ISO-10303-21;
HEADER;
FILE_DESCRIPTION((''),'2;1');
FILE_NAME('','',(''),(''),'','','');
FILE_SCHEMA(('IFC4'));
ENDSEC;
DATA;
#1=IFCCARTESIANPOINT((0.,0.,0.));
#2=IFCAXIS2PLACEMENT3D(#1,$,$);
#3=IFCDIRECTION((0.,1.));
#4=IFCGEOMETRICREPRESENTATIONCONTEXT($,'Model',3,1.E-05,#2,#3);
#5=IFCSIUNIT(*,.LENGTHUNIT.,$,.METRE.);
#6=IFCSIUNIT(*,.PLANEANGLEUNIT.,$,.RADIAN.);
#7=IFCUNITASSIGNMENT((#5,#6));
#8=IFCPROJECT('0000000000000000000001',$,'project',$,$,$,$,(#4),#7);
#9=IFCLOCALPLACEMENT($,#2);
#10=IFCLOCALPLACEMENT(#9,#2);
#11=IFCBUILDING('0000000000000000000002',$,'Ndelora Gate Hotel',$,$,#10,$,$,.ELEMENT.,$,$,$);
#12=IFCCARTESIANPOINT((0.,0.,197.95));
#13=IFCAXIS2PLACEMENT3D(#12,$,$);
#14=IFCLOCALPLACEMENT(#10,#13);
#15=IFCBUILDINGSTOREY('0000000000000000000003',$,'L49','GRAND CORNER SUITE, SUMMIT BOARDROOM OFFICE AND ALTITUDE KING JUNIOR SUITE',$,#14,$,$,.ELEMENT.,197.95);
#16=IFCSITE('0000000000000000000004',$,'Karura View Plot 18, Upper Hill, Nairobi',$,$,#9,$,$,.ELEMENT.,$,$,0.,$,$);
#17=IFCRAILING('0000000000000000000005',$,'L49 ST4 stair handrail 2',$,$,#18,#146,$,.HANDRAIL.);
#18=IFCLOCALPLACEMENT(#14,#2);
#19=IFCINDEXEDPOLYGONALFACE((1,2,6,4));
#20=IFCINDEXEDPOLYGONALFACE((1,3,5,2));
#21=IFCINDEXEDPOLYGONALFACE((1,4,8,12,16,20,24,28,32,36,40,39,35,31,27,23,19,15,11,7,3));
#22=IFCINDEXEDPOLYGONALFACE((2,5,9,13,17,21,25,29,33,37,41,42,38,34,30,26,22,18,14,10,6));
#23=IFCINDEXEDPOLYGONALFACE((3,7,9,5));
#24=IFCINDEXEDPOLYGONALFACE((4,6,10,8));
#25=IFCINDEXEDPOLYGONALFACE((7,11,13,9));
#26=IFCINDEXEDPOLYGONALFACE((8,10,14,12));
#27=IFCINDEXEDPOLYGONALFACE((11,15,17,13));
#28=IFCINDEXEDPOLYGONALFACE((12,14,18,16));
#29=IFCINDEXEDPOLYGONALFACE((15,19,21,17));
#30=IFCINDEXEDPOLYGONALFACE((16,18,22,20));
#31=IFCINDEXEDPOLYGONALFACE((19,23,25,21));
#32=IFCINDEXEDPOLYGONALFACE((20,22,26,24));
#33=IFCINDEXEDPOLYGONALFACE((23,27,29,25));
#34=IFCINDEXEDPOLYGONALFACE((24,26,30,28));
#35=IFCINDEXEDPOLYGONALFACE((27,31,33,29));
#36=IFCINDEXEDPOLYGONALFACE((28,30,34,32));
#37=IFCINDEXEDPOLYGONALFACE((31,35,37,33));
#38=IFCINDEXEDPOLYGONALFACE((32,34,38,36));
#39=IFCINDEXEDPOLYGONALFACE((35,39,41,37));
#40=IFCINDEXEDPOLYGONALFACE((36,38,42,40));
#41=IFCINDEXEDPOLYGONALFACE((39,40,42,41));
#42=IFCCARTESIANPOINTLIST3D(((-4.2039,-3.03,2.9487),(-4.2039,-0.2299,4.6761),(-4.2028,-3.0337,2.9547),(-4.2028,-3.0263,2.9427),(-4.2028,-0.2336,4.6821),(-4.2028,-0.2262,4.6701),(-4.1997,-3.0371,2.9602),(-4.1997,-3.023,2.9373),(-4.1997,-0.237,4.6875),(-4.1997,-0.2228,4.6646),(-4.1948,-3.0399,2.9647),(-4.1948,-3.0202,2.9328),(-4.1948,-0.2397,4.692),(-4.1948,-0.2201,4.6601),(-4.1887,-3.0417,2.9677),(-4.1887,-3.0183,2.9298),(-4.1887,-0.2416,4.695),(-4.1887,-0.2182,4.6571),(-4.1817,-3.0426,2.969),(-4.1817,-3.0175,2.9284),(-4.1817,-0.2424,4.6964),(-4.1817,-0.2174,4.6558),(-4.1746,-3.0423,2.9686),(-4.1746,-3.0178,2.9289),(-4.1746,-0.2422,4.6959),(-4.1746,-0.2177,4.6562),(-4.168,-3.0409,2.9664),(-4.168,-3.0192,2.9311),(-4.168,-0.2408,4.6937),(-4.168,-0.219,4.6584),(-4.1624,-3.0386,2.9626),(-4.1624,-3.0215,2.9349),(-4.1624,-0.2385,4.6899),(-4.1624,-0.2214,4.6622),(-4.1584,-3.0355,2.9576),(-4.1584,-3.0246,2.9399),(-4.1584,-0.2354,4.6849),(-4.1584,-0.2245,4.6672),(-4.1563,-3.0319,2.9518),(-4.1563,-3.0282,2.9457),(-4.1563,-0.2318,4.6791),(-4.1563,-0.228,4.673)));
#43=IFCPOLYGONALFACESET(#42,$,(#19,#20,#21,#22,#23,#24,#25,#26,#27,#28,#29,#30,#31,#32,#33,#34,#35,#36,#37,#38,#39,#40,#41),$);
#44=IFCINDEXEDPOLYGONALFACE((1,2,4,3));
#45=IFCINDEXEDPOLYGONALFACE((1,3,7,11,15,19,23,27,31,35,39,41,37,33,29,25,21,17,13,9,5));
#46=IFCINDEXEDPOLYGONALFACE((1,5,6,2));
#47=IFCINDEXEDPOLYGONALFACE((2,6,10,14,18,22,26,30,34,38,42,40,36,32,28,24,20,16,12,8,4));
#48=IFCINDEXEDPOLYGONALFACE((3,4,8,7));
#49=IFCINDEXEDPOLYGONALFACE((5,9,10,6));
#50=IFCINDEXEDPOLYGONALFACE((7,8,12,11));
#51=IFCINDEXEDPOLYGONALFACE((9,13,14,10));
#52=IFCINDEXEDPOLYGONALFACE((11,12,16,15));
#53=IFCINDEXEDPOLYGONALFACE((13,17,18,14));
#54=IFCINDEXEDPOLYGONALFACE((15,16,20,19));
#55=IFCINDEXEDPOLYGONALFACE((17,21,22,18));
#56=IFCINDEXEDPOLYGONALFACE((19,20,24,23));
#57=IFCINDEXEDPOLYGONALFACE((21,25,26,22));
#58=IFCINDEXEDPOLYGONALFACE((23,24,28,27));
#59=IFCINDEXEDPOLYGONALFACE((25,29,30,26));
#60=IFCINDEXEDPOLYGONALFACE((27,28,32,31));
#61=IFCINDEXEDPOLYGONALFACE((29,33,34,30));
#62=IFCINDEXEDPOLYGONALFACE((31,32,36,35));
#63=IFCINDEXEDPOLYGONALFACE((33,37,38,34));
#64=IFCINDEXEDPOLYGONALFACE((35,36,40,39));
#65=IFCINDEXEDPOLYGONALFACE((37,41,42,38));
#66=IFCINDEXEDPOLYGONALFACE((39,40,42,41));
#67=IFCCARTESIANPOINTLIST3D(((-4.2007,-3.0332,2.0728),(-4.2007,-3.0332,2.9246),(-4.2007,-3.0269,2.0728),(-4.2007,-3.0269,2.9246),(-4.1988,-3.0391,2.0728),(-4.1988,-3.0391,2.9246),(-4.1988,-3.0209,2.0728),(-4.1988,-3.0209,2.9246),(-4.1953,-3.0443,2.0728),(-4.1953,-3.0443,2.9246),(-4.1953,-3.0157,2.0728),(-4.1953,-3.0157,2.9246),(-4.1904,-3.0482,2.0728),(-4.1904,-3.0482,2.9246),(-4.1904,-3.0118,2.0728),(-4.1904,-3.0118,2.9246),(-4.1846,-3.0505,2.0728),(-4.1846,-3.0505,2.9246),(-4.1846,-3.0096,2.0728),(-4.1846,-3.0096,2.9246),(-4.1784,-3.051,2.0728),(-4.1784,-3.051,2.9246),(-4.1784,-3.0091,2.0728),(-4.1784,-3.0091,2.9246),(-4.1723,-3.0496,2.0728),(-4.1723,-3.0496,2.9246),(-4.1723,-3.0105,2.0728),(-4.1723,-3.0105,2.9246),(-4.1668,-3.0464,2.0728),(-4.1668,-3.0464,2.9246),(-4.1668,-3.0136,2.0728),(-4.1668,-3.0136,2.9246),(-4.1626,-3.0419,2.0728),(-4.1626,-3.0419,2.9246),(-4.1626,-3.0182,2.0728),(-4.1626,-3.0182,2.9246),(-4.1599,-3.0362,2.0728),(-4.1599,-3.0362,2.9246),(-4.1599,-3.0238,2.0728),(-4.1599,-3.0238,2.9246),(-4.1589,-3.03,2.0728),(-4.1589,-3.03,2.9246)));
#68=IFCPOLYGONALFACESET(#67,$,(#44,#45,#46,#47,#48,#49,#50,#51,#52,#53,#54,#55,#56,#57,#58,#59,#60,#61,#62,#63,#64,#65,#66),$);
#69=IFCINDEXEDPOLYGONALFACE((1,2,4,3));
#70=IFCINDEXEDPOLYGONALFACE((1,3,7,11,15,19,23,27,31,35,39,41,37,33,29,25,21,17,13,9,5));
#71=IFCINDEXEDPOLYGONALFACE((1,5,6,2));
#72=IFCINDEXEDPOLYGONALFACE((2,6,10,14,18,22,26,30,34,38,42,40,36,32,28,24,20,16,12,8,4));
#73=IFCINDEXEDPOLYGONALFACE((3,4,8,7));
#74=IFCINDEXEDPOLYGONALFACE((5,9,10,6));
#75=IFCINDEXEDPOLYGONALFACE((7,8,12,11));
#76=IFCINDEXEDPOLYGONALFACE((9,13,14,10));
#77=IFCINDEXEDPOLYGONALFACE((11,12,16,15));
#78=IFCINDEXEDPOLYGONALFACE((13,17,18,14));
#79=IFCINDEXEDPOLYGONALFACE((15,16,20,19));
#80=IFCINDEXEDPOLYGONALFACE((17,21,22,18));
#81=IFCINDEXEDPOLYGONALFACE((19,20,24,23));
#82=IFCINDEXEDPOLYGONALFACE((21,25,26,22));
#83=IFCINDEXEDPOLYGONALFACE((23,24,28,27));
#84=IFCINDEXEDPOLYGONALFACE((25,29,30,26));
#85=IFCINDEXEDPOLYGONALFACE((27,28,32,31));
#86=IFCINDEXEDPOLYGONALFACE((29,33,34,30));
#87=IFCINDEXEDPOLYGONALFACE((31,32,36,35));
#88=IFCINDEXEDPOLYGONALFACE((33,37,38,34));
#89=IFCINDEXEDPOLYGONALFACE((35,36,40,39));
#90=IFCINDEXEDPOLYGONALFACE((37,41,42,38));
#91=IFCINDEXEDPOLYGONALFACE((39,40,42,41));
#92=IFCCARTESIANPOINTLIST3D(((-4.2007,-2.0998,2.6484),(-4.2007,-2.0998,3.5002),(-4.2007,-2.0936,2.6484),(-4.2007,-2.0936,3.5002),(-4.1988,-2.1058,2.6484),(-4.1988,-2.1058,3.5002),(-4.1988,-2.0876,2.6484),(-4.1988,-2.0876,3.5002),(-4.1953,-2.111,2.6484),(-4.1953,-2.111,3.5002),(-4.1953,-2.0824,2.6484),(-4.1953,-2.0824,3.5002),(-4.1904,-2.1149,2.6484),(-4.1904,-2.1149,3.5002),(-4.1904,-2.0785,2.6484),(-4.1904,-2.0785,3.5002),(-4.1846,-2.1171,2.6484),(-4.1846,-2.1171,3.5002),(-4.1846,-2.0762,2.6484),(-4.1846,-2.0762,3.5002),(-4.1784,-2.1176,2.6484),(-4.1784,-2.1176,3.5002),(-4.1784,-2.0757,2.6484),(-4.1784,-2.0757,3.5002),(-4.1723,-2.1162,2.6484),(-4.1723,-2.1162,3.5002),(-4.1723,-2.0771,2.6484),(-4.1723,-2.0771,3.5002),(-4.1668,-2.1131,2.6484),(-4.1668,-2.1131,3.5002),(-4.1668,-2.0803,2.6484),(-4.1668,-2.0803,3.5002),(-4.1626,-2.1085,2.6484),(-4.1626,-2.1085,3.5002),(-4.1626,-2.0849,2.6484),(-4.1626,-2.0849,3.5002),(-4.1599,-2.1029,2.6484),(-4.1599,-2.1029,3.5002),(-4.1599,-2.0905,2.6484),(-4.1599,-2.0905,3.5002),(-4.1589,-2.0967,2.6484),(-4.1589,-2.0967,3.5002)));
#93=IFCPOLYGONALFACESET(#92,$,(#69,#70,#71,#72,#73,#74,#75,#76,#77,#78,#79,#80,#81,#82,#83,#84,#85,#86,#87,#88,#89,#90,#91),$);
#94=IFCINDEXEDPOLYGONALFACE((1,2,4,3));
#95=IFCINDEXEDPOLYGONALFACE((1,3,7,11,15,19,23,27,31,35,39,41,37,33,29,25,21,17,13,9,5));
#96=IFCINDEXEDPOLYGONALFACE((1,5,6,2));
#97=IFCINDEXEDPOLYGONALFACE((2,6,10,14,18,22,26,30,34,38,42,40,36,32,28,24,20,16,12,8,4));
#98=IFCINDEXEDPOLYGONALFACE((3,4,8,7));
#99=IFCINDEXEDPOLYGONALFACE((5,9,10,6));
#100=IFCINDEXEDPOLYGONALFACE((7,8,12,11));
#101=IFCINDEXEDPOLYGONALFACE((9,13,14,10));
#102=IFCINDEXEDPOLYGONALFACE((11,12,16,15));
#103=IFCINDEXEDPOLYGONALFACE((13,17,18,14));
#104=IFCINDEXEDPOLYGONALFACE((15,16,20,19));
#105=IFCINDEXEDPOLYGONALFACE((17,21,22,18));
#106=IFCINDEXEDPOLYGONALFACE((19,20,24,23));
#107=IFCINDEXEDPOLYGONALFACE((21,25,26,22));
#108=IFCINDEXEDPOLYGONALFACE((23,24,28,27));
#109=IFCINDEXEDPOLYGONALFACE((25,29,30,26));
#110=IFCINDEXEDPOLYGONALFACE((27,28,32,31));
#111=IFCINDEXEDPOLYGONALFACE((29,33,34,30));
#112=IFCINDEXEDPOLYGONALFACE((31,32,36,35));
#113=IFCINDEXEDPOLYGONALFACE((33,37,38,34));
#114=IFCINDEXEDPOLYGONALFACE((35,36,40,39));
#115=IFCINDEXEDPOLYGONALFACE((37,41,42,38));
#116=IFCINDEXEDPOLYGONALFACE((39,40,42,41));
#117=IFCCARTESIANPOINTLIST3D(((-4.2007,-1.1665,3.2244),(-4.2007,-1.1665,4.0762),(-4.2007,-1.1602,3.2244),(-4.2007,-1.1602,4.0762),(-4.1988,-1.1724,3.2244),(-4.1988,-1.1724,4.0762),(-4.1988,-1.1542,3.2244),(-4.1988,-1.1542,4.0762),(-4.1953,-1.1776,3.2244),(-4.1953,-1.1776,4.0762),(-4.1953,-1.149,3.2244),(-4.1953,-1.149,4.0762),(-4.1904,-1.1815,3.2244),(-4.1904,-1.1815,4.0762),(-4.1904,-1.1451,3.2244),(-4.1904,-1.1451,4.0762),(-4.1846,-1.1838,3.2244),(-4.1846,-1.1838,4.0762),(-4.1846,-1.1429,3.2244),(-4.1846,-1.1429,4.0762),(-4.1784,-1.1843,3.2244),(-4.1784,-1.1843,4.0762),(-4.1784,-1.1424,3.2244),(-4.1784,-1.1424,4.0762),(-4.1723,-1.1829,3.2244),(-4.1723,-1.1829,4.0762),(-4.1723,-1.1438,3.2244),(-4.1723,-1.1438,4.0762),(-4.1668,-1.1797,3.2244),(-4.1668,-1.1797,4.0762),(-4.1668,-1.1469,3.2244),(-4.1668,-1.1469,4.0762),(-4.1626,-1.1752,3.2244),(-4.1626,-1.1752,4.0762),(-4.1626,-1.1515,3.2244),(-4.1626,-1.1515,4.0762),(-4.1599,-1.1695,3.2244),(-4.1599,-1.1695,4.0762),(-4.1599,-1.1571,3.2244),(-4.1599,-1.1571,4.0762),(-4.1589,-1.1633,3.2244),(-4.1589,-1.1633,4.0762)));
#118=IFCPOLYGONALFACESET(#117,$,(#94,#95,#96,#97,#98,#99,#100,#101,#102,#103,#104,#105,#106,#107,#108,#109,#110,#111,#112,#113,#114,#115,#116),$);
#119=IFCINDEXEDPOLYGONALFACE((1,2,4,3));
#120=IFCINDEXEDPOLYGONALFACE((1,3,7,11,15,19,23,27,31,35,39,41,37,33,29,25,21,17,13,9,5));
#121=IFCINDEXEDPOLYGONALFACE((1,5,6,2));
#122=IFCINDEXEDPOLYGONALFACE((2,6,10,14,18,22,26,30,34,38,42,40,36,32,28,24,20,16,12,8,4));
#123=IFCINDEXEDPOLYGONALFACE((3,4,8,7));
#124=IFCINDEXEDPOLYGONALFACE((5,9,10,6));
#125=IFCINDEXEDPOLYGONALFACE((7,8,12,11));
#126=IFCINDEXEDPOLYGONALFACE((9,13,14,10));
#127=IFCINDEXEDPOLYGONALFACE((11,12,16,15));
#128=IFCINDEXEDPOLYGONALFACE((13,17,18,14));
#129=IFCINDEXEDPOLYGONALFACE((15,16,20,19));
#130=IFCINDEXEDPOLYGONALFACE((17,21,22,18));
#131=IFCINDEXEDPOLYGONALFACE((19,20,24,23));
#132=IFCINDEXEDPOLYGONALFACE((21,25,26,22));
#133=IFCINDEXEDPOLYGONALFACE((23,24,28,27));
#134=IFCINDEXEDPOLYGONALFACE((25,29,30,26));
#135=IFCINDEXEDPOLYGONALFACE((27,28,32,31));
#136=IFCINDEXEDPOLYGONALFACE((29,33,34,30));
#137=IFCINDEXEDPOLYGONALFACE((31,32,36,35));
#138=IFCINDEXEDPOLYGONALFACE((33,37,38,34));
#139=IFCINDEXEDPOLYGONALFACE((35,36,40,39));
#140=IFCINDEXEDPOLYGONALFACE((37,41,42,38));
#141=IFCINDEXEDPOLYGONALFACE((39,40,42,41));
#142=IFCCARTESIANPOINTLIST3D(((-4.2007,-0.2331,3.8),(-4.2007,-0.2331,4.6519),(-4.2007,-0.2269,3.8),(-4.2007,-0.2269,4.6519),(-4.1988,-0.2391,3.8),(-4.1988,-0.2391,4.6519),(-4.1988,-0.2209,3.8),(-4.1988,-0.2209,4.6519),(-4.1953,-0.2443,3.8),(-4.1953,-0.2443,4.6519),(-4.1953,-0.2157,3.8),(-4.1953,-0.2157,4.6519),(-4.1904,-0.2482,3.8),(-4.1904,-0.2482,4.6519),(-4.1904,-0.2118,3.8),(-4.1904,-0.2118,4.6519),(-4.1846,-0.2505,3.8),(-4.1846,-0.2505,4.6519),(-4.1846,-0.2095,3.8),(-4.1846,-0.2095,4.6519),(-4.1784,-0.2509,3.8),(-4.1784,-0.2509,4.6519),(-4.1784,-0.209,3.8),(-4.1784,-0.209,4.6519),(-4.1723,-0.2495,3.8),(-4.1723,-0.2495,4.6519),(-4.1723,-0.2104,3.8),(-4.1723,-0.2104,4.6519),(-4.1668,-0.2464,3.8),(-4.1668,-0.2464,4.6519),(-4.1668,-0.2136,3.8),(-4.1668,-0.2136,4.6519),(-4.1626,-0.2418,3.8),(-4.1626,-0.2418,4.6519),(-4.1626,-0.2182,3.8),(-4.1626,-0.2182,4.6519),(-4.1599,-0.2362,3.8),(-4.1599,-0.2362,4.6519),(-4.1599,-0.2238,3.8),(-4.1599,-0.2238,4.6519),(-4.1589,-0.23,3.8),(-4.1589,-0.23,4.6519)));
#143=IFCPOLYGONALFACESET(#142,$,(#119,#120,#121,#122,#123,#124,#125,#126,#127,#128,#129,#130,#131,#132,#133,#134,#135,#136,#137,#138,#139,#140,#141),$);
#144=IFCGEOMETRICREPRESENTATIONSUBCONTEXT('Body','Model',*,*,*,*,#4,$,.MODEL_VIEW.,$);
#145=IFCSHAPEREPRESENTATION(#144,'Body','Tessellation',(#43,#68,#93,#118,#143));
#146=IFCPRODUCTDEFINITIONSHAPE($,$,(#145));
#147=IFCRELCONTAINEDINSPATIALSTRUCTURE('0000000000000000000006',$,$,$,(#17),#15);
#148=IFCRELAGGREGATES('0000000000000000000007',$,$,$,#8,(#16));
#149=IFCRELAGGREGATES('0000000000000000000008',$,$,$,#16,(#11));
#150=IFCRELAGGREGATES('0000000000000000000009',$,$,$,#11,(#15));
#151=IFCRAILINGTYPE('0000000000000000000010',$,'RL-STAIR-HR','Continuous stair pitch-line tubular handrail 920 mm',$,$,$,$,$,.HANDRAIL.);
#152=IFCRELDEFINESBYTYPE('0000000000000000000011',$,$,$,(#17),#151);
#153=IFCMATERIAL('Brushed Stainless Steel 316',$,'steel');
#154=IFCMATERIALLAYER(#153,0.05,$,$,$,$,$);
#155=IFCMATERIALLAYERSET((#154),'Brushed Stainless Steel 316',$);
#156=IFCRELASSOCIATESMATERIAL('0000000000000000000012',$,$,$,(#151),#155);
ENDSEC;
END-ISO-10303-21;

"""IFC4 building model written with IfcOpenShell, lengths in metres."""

from ifc_helpers import new_model, si_unit, direction, frame, origin, origin_2d, place, context, subcontext, project, spatial, circle, extrude, material, layer, layer_set, type_object, element, save


model = new_model("IFC4")

# Units and contexts
model_context = context("Model", 3, precision=1e-05, world=origin(), true_north=direction((0.0, 1.0)))
body_context = subcontext(model_context, "Body", "Model", "MODEL_VIEW")
ifc_project = project(units=[si_unit("LENGTHUNIT", "METRE"), si_unit("PLANEANGLEUNIT", "RADIAN")], contexts=[model_context])

# Site, building, storey
site_placement = place(None, origin())
site = spatial("IfcSite", under=ifc_project, at=site_placement, Name="Karura View Plot 18, Upper Hill, Nairobi", CompositionType="ELEMENT", RefElevation=0.0)
building_placement = place(site_placement, origin())
building = spatial("IfcBuilding", under=site, at=building_placement, Name="Ndelora Gate Hotel", CompositionType="ELEMENT")
storey_placement = place(building_placement, frame((0.0, 0.0, 197.95)))
storey = spatial("IfcBuildingStorey", under=building, at=storey_placement, Name="L49", Description="GRAND CORNER SUITE, SUMMIT BOARDROOM OFFICE AND ALTITUDE KING JUNIOR SUITE", CompositionType="ELEMENT", Elevation=197.95)

# Railing
ifc_material_1 = material(Name="Brushed Stainless Steel 316", Category="steel")
ifc_layer_1 = layer(ifc_material_1, 0.05)
ifc_layer_set_1 = layer_set([ifc_layer_1], Name="Brushed Stainless Steel 316")
railing_type_1 = type_object("IfcRailingType", Name="RL-STAIR-HR", Description="Continuous stair pitch-line tubular handrail 920 mm", PredefinedType="HANDRAIL", material=ifc_layer_set_1)
railing_1_placement = place(storey_placement, frame((-4.1799, -3.03, 2.0728)))
element("IfcRailing", 1, at=railing_1_placement, inside=storey, type_object=railing_type_1, Name="L49 ST4 stair handrail 2", PredefinedType="HANDRAIL", context=body_context, shape_type="SweptSolid", body=[
    extrude(circle(Radius=0.0239, at=origin_2d()), frame((0.0, 0.0, 0.876), z_axis=(0.0, 0.85109, 0.52502), x_axis=(-1.0, 0.0, 0.0)), (0.0, 0.0, 1.0), 3.29),
    extrude(circle(Radius=0.021, at=origin_2d()), origin(), (0.0, 0.0, 1.0), 0.8518),
    extrude(circle(Radius=0.021, at=origin_2d()), frame((0.0, 0.9333, 0.5757)), (0.0, 0.0, 1.0), 0.8518),
    extrude(circle(Radius=0.021, at=origin_2d()), frame((0.0, 1.8667, 1.1516)), (0.0, 0.0, 1.0), 0.8518),
    extrude(circle(Radius=0.021, at=origin_2d()), frame((0.0, 2.8, 1.7273)), (0.0, 0.0, 1.0), 0.8518),
])

save(model, "model.ifc")
